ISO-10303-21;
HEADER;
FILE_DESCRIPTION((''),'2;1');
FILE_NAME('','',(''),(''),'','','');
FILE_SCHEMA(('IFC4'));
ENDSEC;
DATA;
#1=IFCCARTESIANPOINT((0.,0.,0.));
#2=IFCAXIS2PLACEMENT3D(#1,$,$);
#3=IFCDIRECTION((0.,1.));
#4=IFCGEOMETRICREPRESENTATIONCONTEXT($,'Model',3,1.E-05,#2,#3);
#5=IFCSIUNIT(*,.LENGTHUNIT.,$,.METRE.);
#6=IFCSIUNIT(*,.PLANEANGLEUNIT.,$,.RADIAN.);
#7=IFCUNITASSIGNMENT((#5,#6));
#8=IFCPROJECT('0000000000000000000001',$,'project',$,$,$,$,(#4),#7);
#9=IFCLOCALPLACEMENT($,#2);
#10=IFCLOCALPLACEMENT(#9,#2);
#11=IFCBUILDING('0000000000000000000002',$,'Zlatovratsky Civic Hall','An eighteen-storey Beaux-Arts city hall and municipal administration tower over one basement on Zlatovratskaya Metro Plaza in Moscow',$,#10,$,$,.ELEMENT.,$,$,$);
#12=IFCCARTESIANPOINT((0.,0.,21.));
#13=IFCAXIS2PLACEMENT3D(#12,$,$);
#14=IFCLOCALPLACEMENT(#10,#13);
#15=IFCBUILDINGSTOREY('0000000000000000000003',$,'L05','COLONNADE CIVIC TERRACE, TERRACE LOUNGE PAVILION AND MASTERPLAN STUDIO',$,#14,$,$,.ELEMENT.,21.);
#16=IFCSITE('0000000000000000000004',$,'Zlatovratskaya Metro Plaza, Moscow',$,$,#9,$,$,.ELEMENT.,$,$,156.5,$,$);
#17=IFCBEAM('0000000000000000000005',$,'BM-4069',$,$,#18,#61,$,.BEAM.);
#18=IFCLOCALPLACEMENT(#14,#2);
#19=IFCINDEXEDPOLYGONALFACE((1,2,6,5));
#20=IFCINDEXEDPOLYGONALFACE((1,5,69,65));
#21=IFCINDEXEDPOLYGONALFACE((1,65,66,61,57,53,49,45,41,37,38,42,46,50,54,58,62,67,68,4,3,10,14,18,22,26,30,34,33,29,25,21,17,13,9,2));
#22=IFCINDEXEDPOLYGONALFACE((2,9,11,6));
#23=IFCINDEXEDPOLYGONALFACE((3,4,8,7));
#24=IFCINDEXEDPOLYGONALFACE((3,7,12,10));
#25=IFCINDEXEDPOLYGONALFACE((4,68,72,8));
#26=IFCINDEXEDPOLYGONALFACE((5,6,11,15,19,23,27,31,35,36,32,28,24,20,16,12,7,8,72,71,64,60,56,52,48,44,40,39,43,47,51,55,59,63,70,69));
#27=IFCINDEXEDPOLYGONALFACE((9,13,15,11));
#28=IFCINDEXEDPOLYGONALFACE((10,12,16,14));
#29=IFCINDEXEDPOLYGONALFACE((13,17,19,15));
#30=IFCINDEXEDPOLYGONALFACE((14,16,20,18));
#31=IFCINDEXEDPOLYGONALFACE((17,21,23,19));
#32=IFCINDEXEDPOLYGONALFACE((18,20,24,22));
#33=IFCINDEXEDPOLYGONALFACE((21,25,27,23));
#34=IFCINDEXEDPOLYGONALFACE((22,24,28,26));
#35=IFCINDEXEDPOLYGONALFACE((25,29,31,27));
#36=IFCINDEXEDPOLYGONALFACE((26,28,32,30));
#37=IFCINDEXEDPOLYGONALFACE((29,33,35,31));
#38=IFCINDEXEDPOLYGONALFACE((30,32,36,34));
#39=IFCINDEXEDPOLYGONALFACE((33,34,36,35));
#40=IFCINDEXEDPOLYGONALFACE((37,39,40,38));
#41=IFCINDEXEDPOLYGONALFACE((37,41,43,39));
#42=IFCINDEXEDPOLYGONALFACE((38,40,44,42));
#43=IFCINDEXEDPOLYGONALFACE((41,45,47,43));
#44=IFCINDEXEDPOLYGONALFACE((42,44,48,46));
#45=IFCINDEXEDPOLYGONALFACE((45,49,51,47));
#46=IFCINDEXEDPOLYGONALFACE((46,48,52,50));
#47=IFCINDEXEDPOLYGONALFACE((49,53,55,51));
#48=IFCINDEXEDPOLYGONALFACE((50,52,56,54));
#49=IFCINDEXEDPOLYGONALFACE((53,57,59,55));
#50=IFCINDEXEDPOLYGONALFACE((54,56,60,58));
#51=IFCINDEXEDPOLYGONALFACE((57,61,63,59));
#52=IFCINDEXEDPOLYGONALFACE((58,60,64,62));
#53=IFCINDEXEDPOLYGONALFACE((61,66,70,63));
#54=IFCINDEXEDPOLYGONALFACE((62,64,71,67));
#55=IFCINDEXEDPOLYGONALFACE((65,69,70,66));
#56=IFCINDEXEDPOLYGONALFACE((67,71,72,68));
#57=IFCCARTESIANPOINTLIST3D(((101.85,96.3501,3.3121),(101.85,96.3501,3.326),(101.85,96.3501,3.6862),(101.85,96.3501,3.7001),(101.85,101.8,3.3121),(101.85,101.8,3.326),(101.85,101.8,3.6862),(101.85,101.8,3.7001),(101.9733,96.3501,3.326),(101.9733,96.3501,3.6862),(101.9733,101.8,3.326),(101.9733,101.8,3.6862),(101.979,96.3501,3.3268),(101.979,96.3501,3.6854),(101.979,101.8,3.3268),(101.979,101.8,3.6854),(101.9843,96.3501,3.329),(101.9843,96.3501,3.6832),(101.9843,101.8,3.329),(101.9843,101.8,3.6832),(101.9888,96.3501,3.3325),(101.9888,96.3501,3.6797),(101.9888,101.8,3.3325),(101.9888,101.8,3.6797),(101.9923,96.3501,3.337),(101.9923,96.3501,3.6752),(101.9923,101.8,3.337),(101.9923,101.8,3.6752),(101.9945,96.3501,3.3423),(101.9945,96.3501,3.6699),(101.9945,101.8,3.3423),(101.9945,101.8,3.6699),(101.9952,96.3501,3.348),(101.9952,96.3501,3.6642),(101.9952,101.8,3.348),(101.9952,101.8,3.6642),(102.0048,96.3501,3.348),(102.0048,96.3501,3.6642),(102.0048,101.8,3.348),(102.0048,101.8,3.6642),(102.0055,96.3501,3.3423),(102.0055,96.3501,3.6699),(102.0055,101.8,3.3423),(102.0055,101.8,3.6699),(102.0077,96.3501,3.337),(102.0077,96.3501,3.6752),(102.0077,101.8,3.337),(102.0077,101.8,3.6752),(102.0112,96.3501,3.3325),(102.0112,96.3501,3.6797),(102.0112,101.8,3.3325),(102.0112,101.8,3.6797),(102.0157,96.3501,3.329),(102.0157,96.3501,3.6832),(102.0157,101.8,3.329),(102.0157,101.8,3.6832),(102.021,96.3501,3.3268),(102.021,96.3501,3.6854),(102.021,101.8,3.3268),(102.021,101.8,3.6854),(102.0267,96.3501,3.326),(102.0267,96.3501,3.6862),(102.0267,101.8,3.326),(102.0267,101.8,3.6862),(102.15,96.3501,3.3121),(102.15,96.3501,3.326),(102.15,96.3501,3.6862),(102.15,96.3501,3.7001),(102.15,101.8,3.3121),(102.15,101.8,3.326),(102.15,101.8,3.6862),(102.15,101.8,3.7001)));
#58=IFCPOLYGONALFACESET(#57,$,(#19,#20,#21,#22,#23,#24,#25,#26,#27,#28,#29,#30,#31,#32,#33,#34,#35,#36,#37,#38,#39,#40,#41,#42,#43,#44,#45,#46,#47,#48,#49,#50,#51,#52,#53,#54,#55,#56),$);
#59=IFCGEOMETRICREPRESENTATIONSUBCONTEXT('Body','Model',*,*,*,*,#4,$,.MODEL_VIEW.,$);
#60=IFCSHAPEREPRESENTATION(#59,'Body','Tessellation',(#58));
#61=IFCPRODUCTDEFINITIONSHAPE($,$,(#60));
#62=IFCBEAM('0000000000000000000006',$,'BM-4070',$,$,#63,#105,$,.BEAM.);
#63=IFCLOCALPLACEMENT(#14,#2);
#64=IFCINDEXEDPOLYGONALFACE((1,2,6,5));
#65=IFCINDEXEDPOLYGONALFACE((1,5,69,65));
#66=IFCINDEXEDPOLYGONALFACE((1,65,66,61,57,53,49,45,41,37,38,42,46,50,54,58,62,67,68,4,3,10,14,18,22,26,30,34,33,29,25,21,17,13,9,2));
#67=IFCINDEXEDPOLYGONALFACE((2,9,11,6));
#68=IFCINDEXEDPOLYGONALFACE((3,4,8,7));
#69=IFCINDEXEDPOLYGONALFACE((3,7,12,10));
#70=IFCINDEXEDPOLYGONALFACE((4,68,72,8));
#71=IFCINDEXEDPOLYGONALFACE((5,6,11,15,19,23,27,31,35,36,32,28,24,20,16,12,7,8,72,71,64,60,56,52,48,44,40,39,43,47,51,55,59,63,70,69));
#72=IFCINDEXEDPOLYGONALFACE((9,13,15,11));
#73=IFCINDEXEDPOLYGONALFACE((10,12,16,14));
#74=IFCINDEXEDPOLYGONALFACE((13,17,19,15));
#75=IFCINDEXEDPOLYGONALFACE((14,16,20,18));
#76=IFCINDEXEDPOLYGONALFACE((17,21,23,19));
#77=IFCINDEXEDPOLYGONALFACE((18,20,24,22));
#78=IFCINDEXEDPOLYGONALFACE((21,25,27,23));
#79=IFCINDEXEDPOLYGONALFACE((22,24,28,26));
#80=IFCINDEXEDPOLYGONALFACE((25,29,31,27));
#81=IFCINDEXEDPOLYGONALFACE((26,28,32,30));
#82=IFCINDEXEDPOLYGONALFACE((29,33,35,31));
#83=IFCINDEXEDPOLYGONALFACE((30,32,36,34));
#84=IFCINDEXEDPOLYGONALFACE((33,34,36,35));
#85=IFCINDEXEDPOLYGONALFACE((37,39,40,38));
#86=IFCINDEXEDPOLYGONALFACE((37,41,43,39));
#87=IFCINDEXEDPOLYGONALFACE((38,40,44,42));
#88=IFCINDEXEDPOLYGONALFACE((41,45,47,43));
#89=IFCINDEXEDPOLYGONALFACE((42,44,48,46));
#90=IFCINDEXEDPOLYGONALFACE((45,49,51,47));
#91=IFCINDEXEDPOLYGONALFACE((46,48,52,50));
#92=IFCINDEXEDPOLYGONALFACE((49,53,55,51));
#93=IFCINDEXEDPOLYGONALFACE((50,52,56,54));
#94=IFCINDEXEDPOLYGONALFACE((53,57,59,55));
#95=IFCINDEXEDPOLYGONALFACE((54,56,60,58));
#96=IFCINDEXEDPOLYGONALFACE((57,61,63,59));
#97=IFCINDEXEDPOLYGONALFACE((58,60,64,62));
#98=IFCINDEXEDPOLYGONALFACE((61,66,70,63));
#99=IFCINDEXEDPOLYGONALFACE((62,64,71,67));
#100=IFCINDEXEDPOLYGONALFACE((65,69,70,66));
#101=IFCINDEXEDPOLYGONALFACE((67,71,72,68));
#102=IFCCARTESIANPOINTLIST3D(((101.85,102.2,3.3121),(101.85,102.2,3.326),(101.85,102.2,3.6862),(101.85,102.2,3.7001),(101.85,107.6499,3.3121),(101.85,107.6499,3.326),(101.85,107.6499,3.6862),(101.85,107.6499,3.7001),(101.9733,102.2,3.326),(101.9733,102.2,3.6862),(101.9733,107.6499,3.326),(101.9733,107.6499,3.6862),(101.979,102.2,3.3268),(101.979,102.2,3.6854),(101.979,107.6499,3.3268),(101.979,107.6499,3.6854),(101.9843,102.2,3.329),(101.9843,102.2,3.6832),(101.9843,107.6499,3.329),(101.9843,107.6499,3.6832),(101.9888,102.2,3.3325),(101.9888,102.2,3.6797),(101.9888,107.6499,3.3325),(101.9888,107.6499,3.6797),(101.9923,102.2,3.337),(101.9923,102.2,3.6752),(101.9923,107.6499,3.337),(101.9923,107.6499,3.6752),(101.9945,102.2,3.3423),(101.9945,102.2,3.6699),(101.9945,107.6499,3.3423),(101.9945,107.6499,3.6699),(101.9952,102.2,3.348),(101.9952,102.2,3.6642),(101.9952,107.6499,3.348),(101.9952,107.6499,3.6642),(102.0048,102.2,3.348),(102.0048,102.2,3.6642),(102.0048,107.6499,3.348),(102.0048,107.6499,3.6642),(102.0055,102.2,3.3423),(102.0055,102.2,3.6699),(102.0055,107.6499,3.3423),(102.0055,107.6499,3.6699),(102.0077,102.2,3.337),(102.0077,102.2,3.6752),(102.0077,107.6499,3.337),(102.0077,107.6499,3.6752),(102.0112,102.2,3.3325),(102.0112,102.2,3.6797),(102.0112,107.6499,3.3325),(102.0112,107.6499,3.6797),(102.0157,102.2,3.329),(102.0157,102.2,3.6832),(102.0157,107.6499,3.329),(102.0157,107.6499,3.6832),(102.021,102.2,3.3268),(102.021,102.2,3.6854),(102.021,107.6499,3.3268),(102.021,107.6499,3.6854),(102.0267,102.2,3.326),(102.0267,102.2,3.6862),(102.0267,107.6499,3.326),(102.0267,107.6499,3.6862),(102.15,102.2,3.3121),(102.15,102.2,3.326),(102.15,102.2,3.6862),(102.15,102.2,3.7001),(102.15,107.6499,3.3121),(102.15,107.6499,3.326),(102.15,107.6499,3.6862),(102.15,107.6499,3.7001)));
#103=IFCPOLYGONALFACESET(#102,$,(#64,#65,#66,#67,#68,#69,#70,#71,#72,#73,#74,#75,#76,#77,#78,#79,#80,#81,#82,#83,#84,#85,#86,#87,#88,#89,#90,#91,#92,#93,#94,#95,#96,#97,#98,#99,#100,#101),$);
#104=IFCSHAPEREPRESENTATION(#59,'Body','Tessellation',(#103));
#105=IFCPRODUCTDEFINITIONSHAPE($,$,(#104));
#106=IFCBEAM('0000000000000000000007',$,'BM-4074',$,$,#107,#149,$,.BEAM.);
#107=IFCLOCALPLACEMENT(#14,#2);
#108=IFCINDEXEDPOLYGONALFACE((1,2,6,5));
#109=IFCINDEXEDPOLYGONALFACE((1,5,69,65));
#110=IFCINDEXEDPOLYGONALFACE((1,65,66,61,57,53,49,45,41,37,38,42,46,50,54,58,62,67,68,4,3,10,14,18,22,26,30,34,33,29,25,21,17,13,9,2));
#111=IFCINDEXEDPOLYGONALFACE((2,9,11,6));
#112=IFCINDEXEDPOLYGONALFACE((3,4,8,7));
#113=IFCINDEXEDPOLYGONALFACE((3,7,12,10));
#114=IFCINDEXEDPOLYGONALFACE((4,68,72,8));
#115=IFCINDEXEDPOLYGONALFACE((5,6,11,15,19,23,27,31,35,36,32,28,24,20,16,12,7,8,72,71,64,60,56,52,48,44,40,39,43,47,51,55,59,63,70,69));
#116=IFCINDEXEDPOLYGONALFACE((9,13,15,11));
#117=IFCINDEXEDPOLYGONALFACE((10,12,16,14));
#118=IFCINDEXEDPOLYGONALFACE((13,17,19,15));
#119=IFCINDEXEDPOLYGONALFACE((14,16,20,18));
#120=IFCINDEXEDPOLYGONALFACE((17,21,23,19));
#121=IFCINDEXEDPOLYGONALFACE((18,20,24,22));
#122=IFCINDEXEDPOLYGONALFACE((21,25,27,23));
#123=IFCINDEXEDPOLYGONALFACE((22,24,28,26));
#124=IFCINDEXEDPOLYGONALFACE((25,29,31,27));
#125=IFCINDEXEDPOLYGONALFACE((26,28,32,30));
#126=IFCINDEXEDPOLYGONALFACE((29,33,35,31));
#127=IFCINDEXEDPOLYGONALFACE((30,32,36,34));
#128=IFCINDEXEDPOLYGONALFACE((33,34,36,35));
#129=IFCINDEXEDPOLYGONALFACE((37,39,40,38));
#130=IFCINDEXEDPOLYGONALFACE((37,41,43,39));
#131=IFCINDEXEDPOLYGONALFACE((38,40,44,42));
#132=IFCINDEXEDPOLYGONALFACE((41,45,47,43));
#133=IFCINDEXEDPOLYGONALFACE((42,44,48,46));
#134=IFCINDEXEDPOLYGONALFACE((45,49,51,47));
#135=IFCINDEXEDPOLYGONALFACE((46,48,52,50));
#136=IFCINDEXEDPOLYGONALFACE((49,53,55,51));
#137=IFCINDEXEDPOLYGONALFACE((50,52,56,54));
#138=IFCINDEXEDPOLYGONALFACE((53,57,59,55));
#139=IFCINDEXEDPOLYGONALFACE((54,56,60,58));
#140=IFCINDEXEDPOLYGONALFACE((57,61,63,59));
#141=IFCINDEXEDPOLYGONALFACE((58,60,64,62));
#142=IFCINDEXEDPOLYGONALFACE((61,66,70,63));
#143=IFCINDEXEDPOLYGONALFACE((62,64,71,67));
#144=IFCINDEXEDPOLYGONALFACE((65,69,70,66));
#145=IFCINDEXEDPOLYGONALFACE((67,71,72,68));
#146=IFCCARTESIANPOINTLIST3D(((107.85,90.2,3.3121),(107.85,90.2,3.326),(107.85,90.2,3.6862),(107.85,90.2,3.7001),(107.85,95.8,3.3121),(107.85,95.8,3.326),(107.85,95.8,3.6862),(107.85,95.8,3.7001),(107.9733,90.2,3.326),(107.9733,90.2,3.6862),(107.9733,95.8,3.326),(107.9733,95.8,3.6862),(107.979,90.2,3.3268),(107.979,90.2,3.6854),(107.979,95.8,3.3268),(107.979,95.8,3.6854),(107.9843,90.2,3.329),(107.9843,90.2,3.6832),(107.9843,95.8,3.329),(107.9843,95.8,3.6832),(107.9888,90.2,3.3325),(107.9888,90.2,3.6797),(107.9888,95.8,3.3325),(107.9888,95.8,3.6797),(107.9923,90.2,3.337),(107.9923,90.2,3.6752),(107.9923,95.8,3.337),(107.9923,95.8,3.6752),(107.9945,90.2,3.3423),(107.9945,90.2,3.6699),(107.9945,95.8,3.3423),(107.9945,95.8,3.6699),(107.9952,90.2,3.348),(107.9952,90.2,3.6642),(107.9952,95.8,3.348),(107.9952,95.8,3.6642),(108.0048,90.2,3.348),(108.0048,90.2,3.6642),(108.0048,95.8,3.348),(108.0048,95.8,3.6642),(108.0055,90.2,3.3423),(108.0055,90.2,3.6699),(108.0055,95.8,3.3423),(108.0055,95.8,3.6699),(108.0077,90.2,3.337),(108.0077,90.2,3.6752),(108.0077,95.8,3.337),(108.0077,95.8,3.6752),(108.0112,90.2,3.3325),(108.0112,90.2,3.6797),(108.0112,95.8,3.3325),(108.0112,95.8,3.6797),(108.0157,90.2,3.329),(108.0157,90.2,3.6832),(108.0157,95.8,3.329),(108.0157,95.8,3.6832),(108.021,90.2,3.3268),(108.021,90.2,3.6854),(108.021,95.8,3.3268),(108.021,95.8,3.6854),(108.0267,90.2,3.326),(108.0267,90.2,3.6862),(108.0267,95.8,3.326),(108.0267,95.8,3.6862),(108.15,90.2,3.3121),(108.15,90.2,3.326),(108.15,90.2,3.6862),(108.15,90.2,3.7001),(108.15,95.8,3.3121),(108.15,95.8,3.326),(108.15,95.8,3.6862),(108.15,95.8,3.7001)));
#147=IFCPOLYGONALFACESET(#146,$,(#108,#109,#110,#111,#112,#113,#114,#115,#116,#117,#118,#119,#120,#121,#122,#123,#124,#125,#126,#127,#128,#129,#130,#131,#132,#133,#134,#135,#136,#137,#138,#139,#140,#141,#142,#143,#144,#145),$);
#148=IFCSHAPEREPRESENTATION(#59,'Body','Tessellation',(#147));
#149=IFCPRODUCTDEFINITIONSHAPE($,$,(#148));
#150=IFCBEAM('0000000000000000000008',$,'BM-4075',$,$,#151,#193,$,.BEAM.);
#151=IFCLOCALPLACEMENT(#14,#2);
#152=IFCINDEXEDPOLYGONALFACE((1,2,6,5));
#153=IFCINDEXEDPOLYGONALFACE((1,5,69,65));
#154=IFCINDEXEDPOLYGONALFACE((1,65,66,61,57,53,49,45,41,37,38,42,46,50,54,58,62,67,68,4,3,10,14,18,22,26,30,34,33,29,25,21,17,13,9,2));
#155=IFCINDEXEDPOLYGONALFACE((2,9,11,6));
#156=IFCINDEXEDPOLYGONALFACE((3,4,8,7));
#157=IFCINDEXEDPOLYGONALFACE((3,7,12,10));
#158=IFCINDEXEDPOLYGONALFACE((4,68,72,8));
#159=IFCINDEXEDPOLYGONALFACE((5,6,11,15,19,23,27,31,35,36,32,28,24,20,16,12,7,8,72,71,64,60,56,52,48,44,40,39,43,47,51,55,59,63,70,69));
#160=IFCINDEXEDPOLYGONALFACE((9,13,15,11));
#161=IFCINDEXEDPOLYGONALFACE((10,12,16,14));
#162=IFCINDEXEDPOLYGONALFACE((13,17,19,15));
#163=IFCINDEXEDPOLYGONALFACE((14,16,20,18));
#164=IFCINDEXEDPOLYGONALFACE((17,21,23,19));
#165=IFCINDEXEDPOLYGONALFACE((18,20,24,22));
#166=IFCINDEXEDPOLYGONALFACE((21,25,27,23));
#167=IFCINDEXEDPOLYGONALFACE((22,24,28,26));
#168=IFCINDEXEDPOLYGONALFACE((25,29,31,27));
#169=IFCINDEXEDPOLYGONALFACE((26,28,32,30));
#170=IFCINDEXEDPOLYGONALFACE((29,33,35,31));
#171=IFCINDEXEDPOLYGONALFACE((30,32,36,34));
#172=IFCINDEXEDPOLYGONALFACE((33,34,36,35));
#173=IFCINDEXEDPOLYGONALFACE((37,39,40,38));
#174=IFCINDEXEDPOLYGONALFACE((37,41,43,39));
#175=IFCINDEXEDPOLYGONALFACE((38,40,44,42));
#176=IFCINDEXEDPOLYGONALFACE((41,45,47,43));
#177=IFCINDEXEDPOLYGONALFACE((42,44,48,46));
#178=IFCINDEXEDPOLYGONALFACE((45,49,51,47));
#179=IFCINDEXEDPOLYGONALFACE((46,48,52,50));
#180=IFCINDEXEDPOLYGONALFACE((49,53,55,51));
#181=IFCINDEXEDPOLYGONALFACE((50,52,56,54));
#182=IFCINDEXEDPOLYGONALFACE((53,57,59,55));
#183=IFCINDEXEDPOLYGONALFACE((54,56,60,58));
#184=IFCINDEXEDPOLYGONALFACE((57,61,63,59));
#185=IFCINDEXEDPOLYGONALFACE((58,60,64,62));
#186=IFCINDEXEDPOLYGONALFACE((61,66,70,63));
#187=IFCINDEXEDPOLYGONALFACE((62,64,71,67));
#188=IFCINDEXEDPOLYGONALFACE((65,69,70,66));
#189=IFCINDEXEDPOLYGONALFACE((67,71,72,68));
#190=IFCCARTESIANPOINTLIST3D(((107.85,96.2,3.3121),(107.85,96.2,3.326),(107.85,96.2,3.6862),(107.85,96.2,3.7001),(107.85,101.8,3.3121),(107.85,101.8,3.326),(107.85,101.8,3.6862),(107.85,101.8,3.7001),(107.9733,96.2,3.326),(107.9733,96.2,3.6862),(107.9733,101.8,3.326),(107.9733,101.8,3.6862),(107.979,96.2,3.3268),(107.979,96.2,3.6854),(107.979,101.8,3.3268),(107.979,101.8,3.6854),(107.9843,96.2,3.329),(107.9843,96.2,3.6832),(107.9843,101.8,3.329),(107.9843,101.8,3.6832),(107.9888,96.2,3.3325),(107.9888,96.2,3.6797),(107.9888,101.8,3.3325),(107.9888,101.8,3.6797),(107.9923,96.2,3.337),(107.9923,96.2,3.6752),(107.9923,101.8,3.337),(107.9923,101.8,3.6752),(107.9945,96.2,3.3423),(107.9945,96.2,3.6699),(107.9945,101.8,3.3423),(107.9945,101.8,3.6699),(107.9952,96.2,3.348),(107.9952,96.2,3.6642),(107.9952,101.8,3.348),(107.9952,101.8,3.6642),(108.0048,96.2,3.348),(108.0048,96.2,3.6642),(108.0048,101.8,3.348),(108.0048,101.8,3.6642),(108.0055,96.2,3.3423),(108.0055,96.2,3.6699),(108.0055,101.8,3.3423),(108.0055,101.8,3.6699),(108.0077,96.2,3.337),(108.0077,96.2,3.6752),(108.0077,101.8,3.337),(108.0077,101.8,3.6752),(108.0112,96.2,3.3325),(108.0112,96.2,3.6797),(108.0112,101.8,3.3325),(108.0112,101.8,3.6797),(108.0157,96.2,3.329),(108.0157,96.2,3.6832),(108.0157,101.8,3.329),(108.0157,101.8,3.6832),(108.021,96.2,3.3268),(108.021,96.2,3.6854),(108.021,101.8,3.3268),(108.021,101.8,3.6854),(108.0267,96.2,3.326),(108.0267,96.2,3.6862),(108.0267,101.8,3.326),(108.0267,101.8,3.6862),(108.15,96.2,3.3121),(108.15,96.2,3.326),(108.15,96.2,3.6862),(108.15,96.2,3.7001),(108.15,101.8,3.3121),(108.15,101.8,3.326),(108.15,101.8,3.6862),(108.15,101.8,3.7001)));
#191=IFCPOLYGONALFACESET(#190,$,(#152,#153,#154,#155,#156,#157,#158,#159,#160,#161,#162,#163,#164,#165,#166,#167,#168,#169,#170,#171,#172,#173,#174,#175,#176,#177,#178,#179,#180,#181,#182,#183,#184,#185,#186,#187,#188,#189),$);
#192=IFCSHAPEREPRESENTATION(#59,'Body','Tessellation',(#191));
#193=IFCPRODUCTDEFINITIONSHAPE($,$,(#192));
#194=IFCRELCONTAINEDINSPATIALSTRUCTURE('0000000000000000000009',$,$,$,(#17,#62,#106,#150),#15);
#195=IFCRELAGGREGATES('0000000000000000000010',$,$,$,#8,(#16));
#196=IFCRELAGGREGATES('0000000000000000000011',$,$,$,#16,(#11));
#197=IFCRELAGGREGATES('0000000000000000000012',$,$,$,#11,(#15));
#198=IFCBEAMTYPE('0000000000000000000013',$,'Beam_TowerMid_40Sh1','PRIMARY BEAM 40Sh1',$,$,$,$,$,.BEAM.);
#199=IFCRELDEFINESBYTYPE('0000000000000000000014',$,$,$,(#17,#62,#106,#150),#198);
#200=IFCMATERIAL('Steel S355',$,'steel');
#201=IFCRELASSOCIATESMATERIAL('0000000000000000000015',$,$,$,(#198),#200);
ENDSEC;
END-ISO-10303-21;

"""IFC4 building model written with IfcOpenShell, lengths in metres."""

from ifc_helpers import new_model, si_unit, direction, frame, origin, origin_2d, place, context, subcontext, project, spatial, i_section, extrude, material, material_profile, profile_set, type_object, element, save


model = new_model("IFC4")

# Units and contexts
model_context = context("Model", 3, precision=1e-05, world=origin(), true_north=direction((0.0, 1.0)))
body_context = subcontext(model_context, "Body", "Model", "MODEL_VIEW")
ifc_project = project(units=[si_unit("LENGTHUNIT", "METRE"), si_unit("PLANEANGLEUNIT", "RADIAN")], contexts=[model_context])

# Site, building, storey
site_placement = place(None, origin())
site = spatial("IfcSite", under=ifc_project, at=site_placement, Name="Zlatovratskaya Metro Plaza, Moscow", CompositionType="ELEMENT", RefElevation=156.5)
building_placement = place(site_placement, origin())
building = spatial("IfcBuilding", under=site, at=building_placement, Name="Zlatovratsky Civic Hall", Description="An eighteen-storey Beaux-Arts city hall and municipal administration tower over one basement on Zlatovratskaya Metro Plaza in Moscow", CompositionType="ELEMENT")
storey_placement = place(building_placement, frame((0.0, 0.0, 21.0)))
storey = spatial("IfcBuildingStorey", under=building, at=storey_placement, Name="L05", Description="COLONNADE CIVIC TERRACE, TERRACE LOUNGE PAVILION AND MASTERPLAN STUDIO", CompositionType="ELEMENT", Elevation=21.0)

# Shared definitions
ifc_material_1 = material(Name="Steel S355", Category="steel")

# Beams
ifc_material_profile_1 = material_profile(ifc_material_1, i_section(OverallWidth=0.3, OverallDepth=0.3879, WebThickness=0.0095, FlangeThickness=0.0139, FilletRadius=0.022, at=origin_2d()), Name="40Sh1")
ifc_profile_set_1 = profile_set([ifc_material_profile_1], Name="Steel S355")
beam_type_1 = type_object("IfcBeamType", Name="Beam_TowerMid_40Sh1", Description="PRIMARY BEAM 40Sh1", PredefinedType="BEAM", material=ifc_profile_set_1)
for number, where, z_axis, x_axis, name in (
    (1, (102.0, 96.3501, 3.5061), (0.0, 1.0, 0.0), (-1.0, 0.0, 0.0), "BM-4069"),
    (2, (102.0, 102.2, 3.5061), (0.0, 1.0, 0.0), (-1.0, 0.0, 0.0), "BM-4070"),
):
    element("IfcBeam", number, at=place(storey_placement, frame(where, z_axis=z_axis, x_axis=x_axis)), inside=storey, type_object=beam_type_1, Name=name, PredefinedType="BEAM", context=body_context, shape_type="SweptSolid", body=[
        extrude(i_section(OverallWidth=0.3, OverallDepth=0.3879, WebThickness=0.0095, FlangeThickness=0.0139, FilletRadius=0.022, at=origin_2d()), origin(), (0.0, 0.0, 1.0), 5.45),
    ])
for number, where, z_axis, x_axis, name in (
    (3, (108.0, 90.2, 3.5061), (0.0, 1.0, 0.0), (-1.0, 0.0, 0.0), "BM-4074"),
    (4, (108.0, 96.2, 3.5061), (0.0, 1.0, 0.0), (-1.0, 0.0, 0.0), "BM-4075"),
):
    element("IfcBeam", number, at=place(storey_placement, frame(where, z_axis=z_axis, x_axis=x_axis)), inside=storey, type_object=beam_type_1, Name=name, PredefinedType="BEAM", context=body_context, shape_type="SweptSolid", body=[
        extrude(i_section(OverallWidth=0.3, OverallDepth=0.3879, WebThickness=0.0095, FlangeThickness=0.0139, FilletRadius=0.022, at=origin_2d()), origin(), (0.0, 0.0, 1.0), 5.6001),
    ])

save(model, "model.ifc")
